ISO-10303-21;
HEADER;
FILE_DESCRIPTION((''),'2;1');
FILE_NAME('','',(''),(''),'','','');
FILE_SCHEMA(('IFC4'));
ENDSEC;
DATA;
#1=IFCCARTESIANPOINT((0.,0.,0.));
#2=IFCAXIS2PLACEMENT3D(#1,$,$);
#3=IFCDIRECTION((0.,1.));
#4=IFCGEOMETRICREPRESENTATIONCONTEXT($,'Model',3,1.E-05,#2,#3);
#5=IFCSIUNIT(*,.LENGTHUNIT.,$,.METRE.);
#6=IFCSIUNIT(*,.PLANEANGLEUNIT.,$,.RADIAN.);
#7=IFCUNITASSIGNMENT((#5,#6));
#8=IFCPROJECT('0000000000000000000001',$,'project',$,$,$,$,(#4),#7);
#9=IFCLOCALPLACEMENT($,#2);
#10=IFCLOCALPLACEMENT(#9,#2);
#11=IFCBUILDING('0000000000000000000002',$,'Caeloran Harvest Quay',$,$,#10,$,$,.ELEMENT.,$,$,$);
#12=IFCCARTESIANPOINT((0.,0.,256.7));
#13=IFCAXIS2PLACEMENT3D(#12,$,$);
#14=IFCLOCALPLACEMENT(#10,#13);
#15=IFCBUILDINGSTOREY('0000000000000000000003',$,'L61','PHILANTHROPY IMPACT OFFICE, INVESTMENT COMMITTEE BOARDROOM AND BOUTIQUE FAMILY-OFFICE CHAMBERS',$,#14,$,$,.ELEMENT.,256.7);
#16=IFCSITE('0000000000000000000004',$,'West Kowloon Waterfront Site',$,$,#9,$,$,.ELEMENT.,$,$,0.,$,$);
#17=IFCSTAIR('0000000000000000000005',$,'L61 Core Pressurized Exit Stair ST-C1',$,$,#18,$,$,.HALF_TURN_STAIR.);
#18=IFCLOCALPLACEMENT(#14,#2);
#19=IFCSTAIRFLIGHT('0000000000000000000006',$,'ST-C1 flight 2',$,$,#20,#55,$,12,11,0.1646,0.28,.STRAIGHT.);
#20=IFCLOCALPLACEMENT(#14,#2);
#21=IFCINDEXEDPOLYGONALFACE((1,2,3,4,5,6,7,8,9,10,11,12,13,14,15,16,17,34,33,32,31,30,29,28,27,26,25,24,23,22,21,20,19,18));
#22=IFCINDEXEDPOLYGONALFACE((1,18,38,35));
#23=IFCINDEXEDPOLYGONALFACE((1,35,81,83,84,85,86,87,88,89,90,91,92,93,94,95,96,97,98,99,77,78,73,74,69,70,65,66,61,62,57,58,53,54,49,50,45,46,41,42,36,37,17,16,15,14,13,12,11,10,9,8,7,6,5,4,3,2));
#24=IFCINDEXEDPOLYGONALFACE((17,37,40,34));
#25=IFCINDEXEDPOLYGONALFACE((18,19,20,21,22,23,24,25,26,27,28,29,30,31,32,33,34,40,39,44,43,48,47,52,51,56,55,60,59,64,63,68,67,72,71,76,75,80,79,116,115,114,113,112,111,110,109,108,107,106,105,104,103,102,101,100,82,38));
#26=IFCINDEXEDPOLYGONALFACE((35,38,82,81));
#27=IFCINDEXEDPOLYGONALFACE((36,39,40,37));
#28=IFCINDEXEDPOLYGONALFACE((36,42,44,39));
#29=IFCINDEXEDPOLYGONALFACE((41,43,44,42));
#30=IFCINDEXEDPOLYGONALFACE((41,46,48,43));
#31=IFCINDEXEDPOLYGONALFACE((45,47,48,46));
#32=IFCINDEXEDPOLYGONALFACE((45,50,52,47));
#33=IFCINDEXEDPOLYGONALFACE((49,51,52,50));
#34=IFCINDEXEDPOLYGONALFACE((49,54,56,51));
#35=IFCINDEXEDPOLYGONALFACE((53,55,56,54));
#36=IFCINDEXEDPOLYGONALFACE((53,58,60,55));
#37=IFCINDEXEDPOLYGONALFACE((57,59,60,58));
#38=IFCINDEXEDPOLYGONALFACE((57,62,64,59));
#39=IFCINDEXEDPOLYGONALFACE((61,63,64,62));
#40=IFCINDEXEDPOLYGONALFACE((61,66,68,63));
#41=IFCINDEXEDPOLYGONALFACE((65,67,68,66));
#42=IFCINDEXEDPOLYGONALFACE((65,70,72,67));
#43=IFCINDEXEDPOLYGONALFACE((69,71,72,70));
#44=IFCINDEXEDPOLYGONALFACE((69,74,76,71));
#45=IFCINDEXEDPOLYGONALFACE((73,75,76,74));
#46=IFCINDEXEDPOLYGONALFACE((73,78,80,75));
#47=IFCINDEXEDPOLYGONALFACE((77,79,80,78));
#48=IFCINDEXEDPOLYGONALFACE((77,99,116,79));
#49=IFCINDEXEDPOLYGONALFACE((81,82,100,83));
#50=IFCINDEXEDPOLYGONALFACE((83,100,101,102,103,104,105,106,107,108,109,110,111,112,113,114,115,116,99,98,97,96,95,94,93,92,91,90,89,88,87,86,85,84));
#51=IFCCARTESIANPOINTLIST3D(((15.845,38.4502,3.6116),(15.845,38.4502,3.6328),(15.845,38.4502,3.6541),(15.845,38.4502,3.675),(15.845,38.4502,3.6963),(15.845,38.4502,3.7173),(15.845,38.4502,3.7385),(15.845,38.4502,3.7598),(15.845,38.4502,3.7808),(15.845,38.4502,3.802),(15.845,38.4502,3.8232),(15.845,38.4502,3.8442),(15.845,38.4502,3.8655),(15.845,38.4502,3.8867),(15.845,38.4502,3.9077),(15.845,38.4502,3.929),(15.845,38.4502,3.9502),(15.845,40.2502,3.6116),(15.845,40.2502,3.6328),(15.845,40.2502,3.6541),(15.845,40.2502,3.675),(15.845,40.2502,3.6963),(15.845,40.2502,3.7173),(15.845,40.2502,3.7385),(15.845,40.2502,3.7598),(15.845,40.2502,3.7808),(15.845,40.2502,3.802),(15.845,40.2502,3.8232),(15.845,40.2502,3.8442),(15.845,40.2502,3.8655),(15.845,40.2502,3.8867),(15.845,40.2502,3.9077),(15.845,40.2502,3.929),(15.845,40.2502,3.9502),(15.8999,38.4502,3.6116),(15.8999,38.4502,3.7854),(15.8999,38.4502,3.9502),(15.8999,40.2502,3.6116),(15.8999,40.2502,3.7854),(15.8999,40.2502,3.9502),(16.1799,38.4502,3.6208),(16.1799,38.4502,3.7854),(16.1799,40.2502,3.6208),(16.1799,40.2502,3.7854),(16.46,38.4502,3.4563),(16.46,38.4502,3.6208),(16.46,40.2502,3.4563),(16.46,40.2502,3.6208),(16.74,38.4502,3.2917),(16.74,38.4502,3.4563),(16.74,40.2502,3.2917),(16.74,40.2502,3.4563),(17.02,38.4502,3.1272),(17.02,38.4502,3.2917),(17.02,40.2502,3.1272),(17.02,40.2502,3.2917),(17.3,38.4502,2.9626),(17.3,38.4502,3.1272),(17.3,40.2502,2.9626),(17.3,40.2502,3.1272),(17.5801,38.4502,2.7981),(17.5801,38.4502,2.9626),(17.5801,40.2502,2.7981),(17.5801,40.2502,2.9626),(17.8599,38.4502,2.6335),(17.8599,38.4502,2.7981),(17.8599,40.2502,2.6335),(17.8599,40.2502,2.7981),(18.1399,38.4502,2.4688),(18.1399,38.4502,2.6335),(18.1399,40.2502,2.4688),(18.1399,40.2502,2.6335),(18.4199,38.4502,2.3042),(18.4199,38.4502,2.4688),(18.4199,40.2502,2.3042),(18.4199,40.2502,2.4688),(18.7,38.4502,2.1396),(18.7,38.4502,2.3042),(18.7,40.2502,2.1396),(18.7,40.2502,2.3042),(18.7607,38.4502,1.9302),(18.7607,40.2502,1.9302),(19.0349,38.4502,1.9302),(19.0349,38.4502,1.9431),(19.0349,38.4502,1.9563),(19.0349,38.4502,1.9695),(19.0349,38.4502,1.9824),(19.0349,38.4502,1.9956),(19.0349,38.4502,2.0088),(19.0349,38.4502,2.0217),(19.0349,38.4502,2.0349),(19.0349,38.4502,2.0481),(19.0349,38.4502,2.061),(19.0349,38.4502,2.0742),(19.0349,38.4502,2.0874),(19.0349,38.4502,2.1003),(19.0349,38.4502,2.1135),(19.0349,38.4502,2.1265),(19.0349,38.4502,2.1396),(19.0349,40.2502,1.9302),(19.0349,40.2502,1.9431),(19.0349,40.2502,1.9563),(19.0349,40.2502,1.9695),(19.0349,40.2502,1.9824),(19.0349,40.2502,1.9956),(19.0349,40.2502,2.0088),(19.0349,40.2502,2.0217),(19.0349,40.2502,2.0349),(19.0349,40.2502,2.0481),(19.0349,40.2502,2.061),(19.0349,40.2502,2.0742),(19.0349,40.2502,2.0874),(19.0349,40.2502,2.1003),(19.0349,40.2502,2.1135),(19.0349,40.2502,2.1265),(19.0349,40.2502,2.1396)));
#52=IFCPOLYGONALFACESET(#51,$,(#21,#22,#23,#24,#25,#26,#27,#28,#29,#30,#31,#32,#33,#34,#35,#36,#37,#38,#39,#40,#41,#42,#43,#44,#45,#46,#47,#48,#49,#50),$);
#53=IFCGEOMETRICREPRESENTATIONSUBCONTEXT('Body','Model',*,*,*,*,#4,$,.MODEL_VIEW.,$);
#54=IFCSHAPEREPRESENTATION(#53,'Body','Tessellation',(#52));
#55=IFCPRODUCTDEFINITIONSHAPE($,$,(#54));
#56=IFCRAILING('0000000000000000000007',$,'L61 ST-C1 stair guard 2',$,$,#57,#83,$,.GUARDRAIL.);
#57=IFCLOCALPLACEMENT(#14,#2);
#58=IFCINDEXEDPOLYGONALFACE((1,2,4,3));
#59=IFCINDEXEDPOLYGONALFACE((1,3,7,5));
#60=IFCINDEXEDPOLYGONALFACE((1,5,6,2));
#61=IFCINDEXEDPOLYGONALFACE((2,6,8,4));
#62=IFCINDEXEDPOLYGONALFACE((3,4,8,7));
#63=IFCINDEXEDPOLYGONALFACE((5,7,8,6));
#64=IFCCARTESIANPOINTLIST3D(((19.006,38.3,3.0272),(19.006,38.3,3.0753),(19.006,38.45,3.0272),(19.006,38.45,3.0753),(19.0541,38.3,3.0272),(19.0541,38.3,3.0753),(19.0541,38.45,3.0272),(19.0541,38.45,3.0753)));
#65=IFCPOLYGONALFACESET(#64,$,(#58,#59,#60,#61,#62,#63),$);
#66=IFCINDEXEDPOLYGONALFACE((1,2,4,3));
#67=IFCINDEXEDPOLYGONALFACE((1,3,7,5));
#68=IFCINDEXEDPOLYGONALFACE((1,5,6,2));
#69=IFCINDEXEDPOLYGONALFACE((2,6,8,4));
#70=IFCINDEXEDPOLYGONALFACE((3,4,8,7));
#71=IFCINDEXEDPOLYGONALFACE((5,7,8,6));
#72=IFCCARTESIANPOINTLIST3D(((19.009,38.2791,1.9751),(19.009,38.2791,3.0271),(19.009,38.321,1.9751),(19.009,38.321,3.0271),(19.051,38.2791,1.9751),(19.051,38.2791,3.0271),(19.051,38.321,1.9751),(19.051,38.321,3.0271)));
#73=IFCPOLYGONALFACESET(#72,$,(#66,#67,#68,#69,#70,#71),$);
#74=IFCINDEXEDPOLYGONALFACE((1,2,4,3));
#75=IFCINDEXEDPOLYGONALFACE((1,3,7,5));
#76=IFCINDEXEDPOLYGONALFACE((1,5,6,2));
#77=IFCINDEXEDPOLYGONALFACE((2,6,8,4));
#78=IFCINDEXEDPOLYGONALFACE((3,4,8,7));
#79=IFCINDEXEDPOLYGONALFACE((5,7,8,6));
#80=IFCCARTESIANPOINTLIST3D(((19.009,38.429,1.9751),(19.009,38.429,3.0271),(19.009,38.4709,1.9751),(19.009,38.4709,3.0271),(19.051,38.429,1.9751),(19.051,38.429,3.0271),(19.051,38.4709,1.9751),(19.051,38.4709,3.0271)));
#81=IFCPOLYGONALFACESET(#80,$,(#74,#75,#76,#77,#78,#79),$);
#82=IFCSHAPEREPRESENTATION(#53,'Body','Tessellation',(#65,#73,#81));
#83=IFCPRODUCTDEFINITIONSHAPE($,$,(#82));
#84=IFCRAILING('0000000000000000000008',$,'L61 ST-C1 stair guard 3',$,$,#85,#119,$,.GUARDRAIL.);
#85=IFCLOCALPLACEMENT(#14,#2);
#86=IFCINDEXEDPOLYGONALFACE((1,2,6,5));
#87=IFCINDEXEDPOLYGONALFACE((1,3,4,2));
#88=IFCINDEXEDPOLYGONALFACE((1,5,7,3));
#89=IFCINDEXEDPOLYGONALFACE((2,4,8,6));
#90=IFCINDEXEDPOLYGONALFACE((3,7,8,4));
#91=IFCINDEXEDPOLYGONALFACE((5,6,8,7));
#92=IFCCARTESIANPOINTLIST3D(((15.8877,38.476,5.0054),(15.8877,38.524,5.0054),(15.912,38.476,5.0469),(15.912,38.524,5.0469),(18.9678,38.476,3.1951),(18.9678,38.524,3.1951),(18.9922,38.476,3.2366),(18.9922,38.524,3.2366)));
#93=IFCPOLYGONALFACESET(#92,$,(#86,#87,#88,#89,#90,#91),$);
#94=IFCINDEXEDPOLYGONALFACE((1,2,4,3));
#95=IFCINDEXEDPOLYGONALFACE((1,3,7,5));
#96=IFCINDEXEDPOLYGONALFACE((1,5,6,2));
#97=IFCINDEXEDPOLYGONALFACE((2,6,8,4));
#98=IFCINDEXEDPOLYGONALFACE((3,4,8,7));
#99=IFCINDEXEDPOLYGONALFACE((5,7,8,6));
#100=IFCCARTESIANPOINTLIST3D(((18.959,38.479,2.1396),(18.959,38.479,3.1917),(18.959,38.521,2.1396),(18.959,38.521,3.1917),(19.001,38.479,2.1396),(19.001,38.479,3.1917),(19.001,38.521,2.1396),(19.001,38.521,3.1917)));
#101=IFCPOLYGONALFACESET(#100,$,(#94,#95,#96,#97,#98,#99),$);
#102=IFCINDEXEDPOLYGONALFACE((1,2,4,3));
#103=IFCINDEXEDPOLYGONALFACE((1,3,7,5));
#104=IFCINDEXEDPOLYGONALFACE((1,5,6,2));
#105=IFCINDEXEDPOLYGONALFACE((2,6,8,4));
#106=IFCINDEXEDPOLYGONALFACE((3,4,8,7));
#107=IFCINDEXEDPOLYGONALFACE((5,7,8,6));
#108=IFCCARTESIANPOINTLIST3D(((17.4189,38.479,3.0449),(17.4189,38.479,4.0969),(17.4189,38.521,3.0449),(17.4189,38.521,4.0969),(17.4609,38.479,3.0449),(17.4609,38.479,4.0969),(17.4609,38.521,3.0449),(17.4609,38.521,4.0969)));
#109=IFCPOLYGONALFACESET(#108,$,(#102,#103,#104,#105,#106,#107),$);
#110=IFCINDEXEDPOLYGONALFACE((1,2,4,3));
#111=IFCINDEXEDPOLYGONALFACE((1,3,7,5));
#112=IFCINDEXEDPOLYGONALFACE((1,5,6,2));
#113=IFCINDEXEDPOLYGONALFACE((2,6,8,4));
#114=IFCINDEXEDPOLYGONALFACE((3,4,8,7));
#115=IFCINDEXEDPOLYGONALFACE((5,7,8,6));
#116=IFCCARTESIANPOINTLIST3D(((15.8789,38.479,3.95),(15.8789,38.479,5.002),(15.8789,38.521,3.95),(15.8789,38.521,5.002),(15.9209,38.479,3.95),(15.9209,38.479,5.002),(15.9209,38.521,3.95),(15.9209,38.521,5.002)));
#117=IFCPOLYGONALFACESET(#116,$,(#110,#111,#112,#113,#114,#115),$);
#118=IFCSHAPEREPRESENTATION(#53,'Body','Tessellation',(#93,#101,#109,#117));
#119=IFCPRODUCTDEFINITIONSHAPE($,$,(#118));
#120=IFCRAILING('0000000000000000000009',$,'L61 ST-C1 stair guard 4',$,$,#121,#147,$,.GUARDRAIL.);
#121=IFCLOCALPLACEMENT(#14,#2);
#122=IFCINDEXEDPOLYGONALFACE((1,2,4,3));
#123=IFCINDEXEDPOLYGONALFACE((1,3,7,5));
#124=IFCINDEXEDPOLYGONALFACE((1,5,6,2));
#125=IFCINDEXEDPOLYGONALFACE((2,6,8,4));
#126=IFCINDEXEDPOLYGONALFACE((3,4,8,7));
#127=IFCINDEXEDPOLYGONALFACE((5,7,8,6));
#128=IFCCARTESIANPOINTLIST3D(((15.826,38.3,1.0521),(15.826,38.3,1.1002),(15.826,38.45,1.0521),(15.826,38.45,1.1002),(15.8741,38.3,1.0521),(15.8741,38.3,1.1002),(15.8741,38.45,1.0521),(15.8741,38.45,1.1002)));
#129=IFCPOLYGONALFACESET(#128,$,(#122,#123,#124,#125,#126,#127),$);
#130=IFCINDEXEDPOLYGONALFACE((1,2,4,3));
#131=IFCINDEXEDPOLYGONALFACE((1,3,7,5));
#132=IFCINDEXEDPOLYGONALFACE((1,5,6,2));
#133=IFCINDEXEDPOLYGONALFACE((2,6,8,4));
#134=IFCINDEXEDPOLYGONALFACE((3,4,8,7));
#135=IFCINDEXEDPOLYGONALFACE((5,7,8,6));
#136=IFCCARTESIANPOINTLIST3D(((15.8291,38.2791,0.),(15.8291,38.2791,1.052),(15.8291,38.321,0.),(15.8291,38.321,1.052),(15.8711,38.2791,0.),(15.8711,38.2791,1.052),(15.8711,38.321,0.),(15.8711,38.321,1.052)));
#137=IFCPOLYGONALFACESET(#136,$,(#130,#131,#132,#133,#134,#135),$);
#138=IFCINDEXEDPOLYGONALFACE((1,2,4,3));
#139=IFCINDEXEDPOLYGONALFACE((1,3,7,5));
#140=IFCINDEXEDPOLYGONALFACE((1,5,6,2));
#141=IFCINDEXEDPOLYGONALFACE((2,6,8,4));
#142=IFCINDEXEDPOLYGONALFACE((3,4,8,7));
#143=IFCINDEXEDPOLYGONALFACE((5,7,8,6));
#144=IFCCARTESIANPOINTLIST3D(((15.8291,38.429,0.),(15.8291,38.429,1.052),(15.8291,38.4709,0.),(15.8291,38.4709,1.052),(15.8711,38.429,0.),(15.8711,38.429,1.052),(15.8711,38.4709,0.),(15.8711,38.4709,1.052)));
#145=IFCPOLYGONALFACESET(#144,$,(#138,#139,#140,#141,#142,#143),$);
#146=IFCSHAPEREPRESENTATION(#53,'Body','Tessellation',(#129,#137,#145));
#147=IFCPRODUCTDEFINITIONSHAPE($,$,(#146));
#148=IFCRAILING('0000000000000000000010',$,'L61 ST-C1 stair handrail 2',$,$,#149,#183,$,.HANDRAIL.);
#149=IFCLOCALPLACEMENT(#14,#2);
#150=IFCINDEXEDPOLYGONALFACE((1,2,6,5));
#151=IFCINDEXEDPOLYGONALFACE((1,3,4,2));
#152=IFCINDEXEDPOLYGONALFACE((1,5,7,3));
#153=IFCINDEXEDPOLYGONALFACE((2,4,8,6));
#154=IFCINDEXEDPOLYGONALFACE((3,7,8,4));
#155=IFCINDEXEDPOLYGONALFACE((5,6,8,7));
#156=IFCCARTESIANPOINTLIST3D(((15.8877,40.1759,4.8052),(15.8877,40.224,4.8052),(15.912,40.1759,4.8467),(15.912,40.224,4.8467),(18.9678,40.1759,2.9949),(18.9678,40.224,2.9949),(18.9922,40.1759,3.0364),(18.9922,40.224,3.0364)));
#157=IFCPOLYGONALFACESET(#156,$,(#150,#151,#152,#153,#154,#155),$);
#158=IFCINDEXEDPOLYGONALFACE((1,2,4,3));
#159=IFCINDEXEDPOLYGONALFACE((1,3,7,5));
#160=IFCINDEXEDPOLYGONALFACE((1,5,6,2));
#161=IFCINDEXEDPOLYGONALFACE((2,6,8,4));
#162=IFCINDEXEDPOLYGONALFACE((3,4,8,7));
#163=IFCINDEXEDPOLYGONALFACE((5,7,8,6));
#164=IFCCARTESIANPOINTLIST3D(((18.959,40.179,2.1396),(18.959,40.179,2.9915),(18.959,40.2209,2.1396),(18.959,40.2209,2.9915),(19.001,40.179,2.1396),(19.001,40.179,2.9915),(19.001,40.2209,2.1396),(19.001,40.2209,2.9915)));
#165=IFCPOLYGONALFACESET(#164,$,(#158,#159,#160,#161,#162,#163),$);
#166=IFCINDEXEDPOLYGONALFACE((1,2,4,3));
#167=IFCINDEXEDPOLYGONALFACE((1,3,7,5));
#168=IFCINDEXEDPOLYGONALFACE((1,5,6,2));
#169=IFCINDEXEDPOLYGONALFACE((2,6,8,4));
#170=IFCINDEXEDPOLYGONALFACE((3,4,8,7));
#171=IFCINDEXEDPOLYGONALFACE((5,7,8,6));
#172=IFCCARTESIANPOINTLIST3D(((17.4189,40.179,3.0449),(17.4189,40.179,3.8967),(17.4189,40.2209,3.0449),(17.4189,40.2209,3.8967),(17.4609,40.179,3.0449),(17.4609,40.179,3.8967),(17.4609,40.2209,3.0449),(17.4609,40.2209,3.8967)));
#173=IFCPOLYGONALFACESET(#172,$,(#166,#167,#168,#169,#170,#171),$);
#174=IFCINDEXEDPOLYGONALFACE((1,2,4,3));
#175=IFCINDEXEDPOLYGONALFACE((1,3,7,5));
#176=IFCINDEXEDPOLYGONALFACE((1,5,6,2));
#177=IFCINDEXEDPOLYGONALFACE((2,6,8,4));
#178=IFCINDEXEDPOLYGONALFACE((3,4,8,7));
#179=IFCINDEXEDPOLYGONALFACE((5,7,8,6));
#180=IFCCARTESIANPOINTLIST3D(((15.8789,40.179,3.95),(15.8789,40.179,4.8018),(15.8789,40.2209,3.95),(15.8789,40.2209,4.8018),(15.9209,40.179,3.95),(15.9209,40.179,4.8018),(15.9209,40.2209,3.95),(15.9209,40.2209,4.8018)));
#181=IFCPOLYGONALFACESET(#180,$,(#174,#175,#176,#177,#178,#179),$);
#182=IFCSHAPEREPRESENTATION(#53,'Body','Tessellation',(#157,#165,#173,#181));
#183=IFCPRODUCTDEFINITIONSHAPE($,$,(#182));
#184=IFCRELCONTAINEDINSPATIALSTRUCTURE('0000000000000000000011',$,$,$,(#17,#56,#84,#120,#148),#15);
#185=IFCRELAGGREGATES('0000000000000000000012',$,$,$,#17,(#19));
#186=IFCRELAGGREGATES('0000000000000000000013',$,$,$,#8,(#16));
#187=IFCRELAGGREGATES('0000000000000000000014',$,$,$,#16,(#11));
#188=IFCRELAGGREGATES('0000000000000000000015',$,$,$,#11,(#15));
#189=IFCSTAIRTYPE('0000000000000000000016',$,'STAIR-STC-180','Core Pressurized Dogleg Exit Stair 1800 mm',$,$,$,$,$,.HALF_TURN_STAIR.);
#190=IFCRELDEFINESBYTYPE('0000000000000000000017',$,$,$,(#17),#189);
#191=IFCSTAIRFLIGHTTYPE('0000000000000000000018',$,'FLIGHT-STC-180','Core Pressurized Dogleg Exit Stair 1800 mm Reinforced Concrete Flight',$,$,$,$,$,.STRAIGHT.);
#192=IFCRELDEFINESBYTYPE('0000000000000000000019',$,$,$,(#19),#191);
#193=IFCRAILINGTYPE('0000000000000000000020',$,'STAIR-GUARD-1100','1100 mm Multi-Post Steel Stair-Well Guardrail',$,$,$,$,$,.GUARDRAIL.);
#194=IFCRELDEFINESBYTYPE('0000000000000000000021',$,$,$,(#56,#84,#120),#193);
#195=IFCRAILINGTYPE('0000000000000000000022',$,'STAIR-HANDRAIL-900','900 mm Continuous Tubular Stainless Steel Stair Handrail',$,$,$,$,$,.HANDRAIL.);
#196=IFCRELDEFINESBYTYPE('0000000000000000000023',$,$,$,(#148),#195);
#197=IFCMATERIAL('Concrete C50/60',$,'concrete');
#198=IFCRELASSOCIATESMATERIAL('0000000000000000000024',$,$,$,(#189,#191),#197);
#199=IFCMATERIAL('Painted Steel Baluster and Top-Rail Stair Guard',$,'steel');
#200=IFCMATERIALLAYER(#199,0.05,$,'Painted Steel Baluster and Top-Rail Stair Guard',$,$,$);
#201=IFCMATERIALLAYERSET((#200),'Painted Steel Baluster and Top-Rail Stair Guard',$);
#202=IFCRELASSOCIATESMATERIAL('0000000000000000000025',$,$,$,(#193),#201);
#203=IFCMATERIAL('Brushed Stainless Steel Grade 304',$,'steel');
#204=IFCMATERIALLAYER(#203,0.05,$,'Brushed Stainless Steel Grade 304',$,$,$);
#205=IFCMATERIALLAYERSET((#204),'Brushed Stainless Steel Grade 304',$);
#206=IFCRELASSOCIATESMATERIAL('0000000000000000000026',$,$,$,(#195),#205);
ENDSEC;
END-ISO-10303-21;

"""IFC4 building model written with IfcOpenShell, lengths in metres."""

from ifc_helpers import new_model, si_unit, direction, frame, origin, origin_2d, place, context, subcontext, project, spatial, polyline, rectangle, outline, extrude, material, layer, layer_set, type_object, element, aggregate, save


model = new_model("IFC4")

# Units and contexts
model_context = context("Model", 3, precision=1e-05, world=origin(), true_north=direction((0.0, 1.0)))
body_context = subcontext(model_context, "Body", "Model", "MODEL_VIEW")
ifc_project = project(units=[si_unit("LENGTHUNIT", "METRE"), si_unit("PLANEANGLEUNIT", "RADIAN")], contexts=[model_context])

# Site, building, storey
site_placement = place(None, origin())
site = spatial("IfcSite", under=ifc_project, at=site_placement, Name="West Kowloon Waterfront Site", CompositionType="ELEMENT", RefElevation=0.0)
building_placement = place(site_placement, origin())
building = spatial("IfcBuilding", under=site, at=building_placement, Name="Caeloran Harvest Quay", CompositionType="ELEMENT")
storey_placement = place(building_placement, frame((0.0, 0.0, 256.7)))
storey = spatial("IfcBuildingStorey", under=building, at=storey_placement, Name="L61", Description="PHILANTHROPY IMPACT OFFICE, INVESTMENT COMMITTEE BOARDROOM AND BOUTIQUE FAMILY-OFFICE CHAMBERS", CompositionType="ELEMENT", Elevation=256.7)

# Shared definitions
ifc_material_1 = material(Name="Concrete C50/60", Category="concrete")

# Stair, stair flight
stair_type = type_object("IfcStairType", Name="STAIR-STC-180", Description="Core Pressurized Dogleg Exit Stair 1800 mm", PredefinedType="HALF_TURN_STAIR", material=ifc_material_1)
stair_placement = place(storey_placement, origin())
stair = element("IfcStair", 1, at=stair_placement, inside=storey, type_object=stair_type, Name="L61 Core Pressurized Exit Stair ST-C1", PredefinedType="HALF_TURN_STAIR")
stair_flight_type = type_object("IfcStairFlightType", Name="FLIGHT-STC-180", Description="Core Pressurized Dogleg Exit Stair 1800 mm Reinforced Concrete Flight", PredefinedType="STRAIGHT", material=ifc_material_1)
stair_flight_placement = place(storey_placement, frame((18.98, 39.3501, 1.9751), z_axis=(0.0, 0.0, 1.0), x_axis=(-1.0, 0.0, 0.0)))
stair_flight = element("IfcStairFlight", 2, at=stair_flight_placement, type_object=stair_flight_type, Name="ST-C1 flight 2", NumberOfRisers=12, NumberOfTreads=11, PredefinedType="STRAIGHT", RiserHeight=0.1646, TreadLength=0.28, context=body_context, shape_type="SweptSolid", body=[
    extrude(outline(polyline([(-0.0549, -0.0449), (-0.0549, -0.032), (-0.0549, -0.0188), (-0.0549, -0.0056), (-0.0549, 0.0073), (-0.0549, 0.0205), (-0.0549, 0.0337), (-0.0549, 0.0466), (-0.0549, 0.0598), (-0.0549, 0.073), (-0.0549, 0.0859), (-0.0549, 0.0991), (-0.0549, 0.1123), (-0.0549, 0.1252), (-0.0549, 0.1384), (-0.0549, 0.1514), (-0.0549, 0.1646), (0.28, 0.1646), (0.28, 0.3291), (0.5601, 0.3291), (0.5601, 0.4937), (0.8401, 0.4937), (0.8401, 0.6584), (1.1201, 0.6584), (1.1201, 0.823), (1.3999, 0.823), (1.3999, 0.9875), (1.6799, 0.9875), (1.6799, 1.1521), (1.96, 1.1521), (1.96, 1.3167), (2.24, 1.3167), (2.24, 1.4812), (2.52, 1.4812), (2.52, 1.6458), (2.8, 1.6458), (2.8, 1.8103), (3.0801, 1.8103), (3.0801, 1.9751), (3.135, 1.9751), (3.135, 1.9539), (3.135, 1.9326), (3.135, 1.9116), (3.135, 1.8904), (3.135, 1.8691), (3.135, 1.8481), (3.135, 1.8269), (3.135, 1.8057), (3.135, 1.7847), (3.135, 1.7634), (3.135, 1.7422), (3.135, 1.7212), (3.135, 1.7), (3.135, 1.679), (3.135, 1.6577), (3.135, 1.6365), (3.0801, 1.6365), (0.2192, -0.0449), (-0.0549, -0.0449)])), frame((0.0, 0.8999, 0.0), z_axis=(0.0, -1.0, 0.0), x_axis=(1.0, 0.0, 0.0)), (0.0, 0.0, 1.0), 1.8),
])
aggregate(stair, [stair_flight])

# Railings
ifc_material_2 = material(Name="Painted Steel Baluster and Top-Rail Stair Guard", Category="steel")
ifc_layer_1 = layer(ifc_material_2, 0.05, Name="Painted Steel Baluster and Top-Rail Stair Guard")
ifc_layer_set_1 = layer_set([ifc_layer_1], Name="Painted Steel Baluster and Top-Rail Stair Guard")
railing_type_1 = type_object("IfcRailingType", Name="STAIR-GUARD-1100", Description="1100 mm Multi-Post Steel Stair-Well Guardrail", PredefinedType="GUARDRAIL", material=ifc_layer_set_1)
railing_1_placement = place(storey_placement, frame((19.03, 38.3, 1.9751)))
element("IfcRailing", 3, at=railing_1_placement, inside=storey, type_object=railing_type_1, Name="L61 ST-C1 stair guard 2", PredefinedType="GUARDRAIL", context=body_context, shape_type="SweptSolid", body=[
    extrude(rectangle(XDim=0.0481, YDim=0.0481, at=origin_2d()), frame((0.0, 0.0, 1.0762), z_axis=(0.0, 1.0, 0.0), x_axis=(-1.0, 0.0, 0.0)), (0.0, 0.0, 1.0), 0.1499),
    extrude(rectangle(XDim=0.042, YDim=0.042, at=origin_2d()), origin(), (0.0, 0.0, 1.0), 1.052),
    extrude(rectangle(XDim=0.042, YDim=0.042, at=origin_2d()), frame((0.0, 0.1499, 0.0)), (0.0, 0.0, 1.0), 1.052),
])
railing_2_placement = place(storey_placement, frame((18.98, 38.5, 2.1396)))
element("IfcRailing", 4, at=railing_2_placement, inside=storey, type_object=railing_type_1, Name="L61 ST-C1 stair guard 3", PredefinedType="GUARDRAIL", context=body_context, shape_type="SweptSolid", body=[
    extrude(rectangle(XDim=0.0481, YDim=0.0481, at=origin_2d()), frame((0.0, 0.0, 1.0762), z_axis=(-0.862119, 0.0, 0.506707), x_axis=(0.0, -1.0, 0.0)), (0.0, 0.0, 1.0), 3.5728),
    extrude(rectangle(XDim=0.042, YDim=0.042, at=origin_2d()), origin(), (0.0, 0.0, 1.0), 1.052),
    extrude(rectangle(XDim=0.042, YDim=0.042, at=origin_2d()), frame((-1.54, 0.0, 0.9053)), (0.0, 0.0, 1.0), 1.052),
    extrude(rectangle(XDim=0.042, YDim=0.042, at=origin_2d()), frame((-3.0801, 0.0, 1.8103)), (0.0, 0.0, 1.0), 1.052),
])
railing_3_placement = place(storey_placement, frame((15.8501, 38.3, 0.0)))
element("IfcRailing", 5, at=railing_3_placement, inside=storey, type_object=railing_type_1, Name="L61 ST-C1 stair guard 4", PredefinedType="GUARDRAIL", context=body_context, shape_type="SweptSolid", body=[
    extrude(rectangle(XDim=0.0481, YDim=0.0481, at=origin_2d()), frame((0.0, 0.0, 1.0762), z_axis=(0.0, 1.0, 0.0), x_axis=(-1.0, 0.0, 0.0)), (0.0, 0.0, 1.0), 0.1499),
    extrude(rectangle(XDim=0.042, YDim=0.042, at=origin_2d()), origin(), (0.0, 0.0, 1.0), 1.052),
    extrude(rectangle(XDim=0.042, YDim=0.042, at=origin_2d()), frame((0.0, 0.1499, 0.0)), (0.0, 0.0, 1.0), 1.052),
])
ifc_material_3 = material(Name="Brushed Stainless Steel Grade 304", Category="steel")
ifc_layer_2 = layer(ifc_material_3, 0.05, Name="Brushed Stainless Steel Grade 304")
ifc_layer_set_2 = layer_set([ifc_layer_2], Name="Brushed Stainless Steel Grade 304")
railing_type_2 = type_object("IfcRailingType", Name="STAIR-HANDRAIL-900", Description="900 mm Continuous Tubular Stainless Steel Stair Handrail", PredefinedType="HANDRAIL", material=ifc_layer_set_2)
railing_4_placement = place(storey_placement, frame((18.98, 40.2, 2.1396)))
element("IfcRailing", 6, at=railing_4_placement, inside=storey, type_object=railing_type_2, Name="L61 ST-C1 stair handrail 2", PredefinedType="HANDRAIL", context=body_context, shape_type="SweptSolid", body=[
    extrude(rectangle(XDim=0.0481, YDim=0.0481, at=origin_2d()), frame((0.0, 0.0, 0.876), z_axis=(-0.862119, 0.0, 0.506707), x_axis=(0.0, -1.0, 0.0)), (0.0, 0.0, 1.0), 3.5728),
    extrude(rectangle(XDim=0.042, YDim=0.042, at=origin_2d()), origin(), (0.0, 0.0, 1.0), 0.8518),
    extrude(rectangle(XDim=0.042, YDim=0.042, at=origin_2d()), frame((-1.54, 0.0, 0.9053)), (0.0, 0.0, 1.0), 0.8518),
    extrude(rectangle(XDim=0.042, YDim=0.042, at=origin_2d()), frame((-3.0801, 0.0, 1.8103)), (0.0, 0.0, 1.0), 0.8518),
])

save(model, "model.ifc")
